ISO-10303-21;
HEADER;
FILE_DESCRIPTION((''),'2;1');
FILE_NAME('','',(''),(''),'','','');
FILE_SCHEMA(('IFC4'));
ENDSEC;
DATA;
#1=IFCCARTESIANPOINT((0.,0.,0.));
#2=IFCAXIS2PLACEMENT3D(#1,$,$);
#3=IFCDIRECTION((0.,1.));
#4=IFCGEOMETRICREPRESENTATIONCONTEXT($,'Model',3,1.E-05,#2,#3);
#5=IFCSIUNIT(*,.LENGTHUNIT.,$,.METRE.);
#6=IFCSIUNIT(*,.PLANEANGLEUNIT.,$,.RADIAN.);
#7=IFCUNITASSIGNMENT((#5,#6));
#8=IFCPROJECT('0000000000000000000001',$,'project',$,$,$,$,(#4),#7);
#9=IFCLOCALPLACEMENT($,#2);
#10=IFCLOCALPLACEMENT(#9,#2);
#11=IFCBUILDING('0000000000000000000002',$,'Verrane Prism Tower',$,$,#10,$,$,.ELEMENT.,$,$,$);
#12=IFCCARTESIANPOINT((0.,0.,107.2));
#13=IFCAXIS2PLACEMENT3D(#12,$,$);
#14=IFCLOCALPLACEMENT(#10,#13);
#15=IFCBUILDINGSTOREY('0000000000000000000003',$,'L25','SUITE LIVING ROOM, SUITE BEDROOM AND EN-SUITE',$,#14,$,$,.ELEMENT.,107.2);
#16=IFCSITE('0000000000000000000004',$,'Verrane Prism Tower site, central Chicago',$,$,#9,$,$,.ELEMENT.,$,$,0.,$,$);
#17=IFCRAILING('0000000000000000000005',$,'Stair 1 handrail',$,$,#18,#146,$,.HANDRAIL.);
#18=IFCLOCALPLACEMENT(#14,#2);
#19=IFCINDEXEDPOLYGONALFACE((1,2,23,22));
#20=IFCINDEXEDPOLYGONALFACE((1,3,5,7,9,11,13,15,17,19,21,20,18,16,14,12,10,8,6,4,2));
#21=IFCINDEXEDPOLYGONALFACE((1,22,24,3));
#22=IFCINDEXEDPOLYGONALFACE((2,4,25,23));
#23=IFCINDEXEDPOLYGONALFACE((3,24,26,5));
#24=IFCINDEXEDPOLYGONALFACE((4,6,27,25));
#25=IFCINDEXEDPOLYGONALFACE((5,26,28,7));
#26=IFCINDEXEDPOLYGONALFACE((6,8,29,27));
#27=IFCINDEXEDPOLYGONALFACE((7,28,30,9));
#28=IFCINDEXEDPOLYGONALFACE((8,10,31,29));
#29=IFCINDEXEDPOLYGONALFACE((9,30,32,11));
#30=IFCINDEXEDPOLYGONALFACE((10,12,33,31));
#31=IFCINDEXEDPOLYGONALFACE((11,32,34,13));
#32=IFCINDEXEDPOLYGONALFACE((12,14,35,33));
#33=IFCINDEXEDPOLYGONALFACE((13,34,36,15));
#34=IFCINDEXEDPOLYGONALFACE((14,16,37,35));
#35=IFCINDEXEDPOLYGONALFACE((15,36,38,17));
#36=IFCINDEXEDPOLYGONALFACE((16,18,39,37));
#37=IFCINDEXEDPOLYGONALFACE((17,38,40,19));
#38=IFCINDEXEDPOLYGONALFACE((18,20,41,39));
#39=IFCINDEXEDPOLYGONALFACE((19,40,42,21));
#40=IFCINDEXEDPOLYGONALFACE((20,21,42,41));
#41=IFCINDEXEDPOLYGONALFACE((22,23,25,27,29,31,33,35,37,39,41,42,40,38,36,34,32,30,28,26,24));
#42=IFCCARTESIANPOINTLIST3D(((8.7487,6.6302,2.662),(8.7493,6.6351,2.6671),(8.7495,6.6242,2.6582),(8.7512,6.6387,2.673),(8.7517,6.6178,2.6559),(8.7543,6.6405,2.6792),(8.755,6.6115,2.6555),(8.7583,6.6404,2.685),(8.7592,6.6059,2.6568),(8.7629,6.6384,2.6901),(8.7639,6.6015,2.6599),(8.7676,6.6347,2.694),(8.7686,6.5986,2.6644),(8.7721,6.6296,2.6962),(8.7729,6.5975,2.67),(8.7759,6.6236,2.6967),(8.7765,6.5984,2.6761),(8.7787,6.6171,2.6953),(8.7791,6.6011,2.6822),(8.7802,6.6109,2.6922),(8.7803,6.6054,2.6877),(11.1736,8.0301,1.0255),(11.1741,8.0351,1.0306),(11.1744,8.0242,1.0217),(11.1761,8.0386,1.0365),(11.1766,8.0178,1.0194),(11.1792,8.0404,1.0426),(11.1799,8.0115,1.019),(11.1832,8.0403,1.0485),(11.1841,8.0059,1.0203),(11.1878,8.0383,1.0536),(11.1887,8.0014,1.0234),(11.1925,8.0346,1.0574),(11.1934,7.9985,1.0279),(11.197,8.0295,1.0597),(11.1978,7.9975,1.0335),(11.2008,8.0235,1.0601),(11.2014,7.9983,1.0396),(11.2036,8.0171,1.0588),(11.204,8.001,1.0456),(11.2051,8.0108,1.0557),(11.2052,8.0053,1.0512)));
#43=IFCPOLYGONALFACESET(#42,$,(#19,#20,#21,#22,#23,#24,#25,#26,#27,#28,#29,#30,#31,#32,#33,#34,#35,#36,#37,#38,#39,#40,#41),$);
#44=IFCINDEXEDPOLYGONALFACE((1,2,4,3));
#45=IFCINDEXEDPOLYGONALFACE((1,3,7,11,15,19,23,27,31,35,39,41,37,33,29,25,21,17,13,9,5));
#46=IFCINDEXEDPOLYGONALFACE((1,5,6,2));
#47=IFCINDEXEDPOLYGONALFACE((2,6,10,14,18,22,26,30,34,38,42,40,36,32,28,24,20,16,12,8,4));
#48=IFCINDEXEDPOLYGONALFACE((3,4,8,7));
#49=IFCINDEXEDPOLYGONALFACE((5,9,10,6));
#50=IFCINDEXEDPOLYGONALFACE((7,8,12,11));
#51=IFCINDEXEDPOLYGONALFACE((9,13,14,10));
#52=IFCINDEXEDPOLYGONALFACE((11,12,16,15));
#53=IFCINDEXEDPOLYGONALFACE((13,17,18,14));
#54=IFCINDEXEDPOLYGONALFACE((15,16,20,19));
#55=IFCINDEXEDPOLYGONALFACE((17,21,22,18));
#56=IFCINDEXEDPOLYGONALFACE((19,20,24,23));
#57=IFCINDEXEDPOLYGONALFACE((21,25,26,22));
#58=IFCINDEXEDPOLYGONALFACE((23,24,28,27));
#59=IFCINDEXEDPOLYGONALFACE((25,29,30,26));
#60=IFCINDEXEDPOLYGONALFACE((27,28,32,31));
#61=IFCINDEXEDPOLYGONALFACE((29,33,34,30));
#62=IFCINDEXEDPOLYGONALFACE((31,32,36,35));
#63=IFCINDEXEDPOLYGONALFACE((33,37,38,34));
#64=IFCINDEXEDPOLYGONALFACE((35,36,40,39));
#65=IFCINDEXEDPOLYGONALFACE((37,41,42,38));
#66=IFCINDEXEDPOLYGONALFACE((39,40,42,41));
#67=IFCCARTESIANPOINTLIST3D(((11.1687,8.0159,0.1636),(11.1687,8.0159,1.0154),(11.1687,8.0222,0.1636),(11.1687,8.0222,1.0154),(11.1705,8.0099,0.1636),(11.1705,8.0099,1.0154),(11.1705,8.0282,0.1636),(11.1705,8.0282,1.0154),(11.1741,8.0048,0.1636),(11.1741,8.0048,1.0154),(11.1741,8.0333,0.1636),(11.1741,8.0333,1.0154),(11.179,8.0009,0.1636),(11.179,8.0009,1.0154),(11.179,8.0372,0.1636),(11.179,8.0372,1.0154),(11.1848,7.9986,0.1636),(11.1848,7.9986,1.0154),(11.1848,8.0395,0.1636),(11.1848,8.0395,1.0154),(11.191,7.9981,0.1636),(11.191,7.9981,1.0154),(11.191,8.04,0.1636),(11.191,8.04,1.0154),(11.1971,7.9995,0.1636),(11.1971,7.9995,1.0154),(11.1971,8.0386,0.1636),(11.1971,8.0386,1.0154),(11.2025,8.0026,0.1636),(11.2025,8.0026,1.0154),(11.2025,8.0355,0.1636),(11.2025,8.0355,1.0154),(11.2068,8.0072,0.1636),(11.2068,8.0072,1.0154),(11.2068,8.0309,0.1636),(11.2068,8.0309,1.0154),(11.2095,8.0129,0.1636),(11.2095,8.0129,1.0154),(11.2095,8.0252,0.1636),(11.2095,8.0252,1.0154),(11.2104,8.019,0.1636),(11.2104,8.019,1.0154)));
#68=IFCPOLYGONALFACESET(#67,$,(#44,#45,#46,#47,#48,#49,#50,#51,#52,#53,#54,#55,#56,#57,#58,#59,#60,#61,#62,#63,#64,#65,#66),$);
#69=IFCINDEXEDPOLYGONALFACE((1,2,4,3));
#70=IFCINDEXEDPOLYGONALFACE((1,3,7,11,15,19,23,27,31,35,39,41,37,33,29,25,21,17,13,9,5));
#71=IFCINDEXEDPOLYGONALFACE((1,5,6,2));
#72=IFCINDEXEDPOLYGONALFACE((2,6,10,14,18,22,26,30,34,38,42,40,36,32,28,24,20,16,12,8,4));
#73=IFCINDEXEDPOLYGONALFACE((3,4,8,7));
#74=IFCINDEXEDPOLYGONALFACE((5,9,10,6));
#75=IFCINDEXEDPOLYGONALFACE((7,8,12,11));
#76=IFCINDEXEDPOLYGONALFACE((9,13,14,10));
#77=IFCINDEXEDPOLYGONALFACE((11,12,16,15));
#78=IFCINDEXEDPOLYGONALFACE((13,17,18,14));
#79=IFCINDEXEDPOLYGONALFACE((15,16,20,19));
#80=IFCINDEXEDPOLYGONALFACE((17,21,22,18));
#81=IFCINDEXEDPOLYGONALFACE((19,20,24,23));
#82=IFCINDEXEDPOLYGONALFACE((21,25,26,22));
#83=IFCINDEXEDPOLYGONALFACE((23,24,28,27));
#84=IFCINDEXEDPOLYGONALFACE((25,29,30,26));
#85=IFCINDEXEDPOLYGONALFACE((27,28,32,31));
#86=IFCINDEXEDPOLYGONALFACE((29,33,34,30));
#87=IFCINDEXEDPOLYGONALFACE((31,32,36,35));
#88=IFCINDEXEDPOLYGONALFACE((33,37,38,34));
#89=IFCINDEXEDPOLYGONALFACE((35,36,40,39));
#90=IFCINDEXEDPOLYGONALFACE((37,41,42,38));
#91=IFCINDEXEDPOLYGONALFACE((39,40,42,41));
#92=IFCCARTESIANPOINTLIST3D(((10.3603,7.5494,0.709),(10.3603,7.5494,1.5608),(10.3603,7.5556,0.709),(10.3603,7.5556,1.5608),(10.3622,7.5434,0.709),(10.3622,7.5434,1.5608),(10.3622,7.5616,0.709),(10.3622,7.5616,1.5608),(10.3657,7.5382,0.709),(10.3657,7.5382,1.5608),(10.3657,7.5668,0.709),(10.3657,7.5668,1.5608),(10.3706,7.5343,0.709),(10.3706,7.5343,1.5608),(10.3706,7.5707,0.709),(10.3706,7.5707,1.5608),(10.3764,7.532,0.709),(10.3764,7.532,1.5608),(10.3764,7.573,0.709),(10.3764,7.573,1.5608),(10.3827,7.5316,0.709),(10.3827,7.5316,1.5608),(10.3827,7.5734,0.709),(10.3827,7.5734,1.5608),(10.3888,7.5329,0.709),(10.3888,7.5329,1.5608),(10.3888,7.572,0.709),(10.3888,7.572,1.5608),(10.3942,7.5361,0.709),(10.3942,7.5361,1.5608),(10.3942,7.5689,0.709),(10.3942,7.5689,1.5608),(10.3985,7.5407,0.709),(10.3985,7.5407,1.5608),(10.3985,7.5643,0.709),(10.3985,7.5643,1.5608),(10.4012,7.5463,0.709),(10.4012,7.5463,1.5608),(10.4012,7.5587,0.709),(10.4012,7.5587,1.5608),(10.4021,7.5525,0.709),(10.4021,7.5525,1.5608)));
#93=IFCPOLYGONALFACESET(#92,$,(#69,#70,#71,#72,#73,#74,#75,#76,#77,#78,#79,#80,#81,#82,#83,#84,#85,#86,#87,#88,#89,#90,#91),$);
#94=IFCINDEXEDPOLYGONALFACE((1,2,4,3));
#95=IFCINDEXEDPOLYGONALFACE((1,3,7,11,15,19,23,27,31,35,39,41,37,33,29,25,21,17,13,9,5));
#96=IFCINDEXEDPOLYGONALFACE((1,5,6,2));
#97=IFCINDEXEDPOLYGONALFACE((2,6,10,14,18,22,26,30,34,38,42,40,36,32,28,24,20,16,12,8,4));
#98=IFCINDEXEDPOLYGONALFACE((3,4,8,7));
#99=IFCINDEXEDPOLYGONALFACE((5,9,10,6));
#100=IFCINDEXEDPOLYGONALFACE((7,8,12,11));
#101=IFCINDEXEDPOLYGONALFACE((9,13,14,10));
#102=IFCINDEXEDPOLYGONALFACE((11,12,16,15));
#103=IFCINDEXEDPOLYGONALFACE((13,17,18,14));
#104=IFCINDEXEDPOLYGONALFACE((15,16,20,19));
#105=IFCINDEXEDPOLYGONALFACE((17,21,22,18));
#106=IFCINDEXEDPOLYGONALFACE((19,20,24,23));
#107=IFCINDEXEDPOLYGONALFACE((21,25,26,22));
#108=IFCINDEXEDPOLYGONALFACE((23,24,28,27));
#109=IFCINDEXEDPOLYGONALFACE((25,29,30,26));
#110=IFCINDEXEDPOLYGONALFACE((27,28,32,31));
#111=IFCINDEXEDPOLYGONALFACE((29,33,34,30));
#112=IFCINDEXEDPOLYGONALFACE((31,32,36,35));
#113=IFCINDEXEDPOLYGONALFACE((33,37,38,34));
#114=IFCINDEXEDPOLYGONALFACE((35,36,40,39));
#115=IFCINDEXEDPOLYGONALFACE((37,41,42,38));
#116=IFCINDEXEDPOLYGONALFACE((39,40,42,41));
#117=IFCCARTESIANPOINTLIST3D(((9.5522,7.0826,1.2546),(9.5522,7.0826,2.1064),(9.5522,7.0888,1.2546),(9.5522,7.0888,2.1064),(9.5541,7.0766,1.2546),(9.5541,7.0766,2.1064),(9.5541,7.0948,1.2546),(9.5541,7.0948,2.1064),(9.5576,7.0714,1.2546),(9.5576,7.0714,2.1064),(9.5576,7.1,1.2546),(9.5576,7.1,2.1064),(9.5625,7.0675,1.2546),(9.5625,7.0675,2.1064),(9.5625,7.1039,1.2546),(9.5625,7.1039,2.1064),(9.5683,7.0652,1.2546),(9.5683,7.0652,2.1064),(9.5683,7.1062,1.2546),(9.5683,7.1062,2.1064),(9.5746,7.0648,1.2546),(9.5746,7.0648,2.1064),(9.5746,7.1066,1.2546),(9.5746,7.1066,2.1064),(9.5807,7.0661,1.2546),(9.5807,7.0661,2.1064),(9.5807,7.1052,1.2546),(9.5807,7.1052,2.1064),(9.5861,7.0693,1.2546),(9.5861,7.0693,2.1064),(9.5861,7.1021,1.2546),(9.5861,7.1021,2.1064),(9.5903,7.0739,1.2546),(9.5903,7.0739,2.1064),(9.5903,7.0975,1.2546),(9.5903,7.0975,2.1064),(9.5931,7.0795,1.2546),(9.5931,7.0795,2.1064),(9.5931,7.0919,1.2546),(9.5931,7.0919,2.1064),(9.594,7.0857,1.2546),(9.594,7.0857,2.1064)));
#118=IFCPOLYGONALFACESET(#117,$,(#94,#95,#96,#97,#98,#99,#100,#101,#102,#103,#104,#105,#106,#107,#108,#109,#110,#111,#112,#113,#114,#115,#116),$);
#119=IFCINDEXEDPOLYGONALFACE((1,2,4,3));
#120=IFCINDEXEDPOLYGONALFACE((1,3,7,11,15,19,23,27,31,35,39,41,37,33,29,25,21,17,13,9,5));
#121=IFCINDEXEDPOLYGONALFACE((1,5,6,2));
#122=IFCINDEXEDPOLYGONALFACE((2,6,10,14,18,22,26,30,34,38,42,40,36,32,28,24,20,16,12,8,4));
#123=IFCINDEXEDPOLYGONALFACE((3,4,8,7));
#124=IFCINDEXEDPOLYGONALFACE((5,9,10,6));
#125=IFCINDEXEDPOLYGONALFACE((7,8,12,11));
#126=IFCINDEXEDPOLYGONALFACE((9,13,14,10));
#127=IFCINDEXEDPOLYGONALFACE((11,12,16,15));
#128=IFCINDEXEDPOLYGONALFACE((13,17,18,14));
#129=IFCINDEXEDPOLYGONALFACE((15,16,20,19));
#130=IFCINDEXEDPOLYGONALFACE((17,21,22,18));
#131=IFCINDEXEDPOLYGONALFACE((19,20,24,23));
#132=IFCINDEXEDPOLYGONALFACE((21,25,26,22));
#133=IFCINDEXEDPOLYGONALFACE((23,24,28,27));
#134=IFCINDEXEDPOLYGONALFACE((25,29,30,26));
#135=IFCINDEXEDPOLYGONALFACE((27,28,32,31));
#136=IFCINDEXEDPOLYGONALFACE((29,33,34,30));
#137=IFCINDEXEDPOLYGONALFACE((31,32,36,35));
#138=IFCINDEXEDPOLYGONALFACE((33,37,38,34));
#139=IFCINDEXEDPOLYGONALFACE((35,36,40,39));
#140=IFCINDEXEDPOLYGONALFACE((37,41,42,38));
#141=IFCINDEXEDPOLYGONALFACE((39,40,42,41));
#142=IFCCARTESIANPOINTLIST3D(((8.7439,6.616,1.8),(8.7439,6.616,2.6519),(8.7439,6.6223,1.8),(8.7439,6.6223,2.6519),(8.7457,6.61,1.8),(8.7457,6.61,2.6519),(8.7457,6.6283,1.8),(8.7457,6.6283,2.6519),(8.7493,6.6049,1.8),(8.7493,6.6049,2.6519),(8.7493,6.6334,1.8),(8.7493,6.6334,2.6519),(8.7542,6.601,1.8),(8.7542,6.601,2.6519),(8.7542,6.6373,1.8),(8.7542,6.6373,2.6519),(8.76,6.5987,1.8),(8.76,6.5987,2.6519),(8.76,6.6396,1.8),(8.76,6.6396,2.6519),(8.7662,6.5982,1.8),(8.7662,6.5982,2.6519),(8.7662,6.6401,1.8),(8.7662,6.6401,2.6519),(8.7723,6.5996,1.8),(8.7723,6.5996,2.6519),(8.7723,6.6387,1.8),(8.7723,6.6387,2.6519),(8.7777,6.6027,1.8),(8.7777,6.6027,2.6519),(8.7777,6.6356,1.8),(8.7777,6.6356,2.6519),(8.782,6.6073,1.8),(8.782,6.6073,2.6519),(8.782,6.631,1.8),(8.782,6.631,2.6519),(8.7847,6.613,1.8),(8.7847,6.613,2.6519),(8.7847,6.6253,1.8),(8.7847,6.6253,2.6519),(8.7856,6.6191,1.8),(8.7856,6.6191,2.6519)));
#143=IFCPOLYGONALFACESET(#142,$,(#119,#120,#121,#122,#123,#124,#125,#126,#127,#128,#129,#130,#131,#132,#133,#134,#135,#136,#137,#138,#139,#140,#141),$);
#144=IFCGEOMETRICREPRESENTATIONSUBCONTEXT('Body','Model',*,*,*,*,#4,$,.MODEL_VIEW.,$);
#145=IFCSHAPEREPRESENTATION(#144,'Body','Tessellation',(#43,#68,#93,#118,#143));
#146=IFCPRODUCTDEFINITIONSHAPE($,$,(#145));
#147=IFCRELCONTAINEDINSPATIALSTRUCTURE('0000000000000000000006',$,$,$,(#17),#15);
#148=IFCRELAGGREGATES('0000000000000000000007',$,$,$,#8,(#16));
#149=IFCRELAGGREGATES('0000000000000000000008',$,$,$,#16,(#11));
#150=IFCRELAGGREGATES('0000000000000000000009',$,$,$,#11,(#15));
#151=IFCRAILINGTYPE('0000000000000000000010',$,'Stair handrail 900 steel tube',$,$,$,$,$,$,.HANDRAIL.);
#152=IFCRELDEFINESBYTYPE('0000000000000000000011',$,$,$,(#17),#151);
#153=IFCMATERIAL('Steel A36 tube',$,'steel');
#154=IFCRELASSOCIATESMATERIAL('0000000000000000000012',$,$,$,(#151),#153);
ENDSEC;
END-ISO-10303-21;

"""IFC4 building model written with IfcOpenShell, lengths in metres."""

from ifc_helpers import new_model, si_unit, direction, frame, origin, origin_2d, place, context, subcontext, project, spatial, circle, extrude, material, type_object, element, save


model = new_model("IFC4")

# Units and contexts
model_context = context("Model", 3, precision=1e-05, world=origin(), true_north=direction((0.0, 1.0)))
body_context = subcontext(model_context, "Body", "Model", "MODEL_VIEW")
ifc_project = project(units=[si_unit("LENGTHUNIT", "METRE"), si_unit("PLANEANGLEUNIT", "RADIAN")], contexts=[model_context])

# Site, building, storey
site_placement = place(None, origin())
site = spatial("IfcSite", under=ifc_project, at=site_placement, Name="Verrane Prism Tower site, central Chicago", CompositionType="ELEMENT", RefElevation=0.0)
building_placement = place(site_placement, origin())
building = spatial("IfcBuilding", under=site, at=building_placement, Name="Verrane Prism Tower", CompositionType="ELEMENT")
storey_placement = place(building_placement, frame((0.0, 0.0, 107.2)))
storey = spatial("IfcBuildingStorey", under=building, at=storey_placement, Name="L25", Description="SUITE LIVING ROOM, SUITE BEDROOM AND EN-SUITE", CompositionType="ELEMENT", Elevation=107.2)

# Railing
ifc_material_1 = material(Name="Steel A36 tube", Category="steel")
railing_type_1 = type_object("IfcRailingType", Name="Stair handrail 900 steel tube", PredefinedType="HANDRAIL", material=ifc_material_1)
railing_1_placement = place(storey_placement, frame((11.1895, 8.019, 0.1636)))
element("IfcRailing", 1, at=railing_1_placement, inside=storey, type_object=railing_type_1, Name="Stair 1 handrail", PredefinedType="HANDRAIL", context=body_context, shape_type="SweptSolid", body=[
    extrude(circle(Radius=0.0239, at=origin_2d()), frame((0.0, 0.0, 0.876), z_axis=(-0.74769, -0.431661, 0.504608), x_axis=(0.499984, -0.866035, 0.0)), (0.0, 0.0, 1.0), 3.2432),
    extrude(circle(Radius=0.021, at=origin_2d()), origin(), (0.0, 0.0, 1.0), 0.8518),
    extrude(circle(Radius=0.021, at=origin_2d()), frame((-0.8083, -0.4666, 0.5454)), (0.0, 0.0, 1.0), 0.8518),
    extrude(circle(Radius=0.021, at=origin_2d()), frame((-1.6165, -0.9333, 1.0911)), (0.0, 0.0, 1.0), 0.8518),
    extrude(circle(Radius=0.021, at=origin_2d()), frame((-2.4248, -1.3999, 1.6365)), (0.0, 0.0, 1.0), 0.8518),
])

save(model, "model.ifc")
